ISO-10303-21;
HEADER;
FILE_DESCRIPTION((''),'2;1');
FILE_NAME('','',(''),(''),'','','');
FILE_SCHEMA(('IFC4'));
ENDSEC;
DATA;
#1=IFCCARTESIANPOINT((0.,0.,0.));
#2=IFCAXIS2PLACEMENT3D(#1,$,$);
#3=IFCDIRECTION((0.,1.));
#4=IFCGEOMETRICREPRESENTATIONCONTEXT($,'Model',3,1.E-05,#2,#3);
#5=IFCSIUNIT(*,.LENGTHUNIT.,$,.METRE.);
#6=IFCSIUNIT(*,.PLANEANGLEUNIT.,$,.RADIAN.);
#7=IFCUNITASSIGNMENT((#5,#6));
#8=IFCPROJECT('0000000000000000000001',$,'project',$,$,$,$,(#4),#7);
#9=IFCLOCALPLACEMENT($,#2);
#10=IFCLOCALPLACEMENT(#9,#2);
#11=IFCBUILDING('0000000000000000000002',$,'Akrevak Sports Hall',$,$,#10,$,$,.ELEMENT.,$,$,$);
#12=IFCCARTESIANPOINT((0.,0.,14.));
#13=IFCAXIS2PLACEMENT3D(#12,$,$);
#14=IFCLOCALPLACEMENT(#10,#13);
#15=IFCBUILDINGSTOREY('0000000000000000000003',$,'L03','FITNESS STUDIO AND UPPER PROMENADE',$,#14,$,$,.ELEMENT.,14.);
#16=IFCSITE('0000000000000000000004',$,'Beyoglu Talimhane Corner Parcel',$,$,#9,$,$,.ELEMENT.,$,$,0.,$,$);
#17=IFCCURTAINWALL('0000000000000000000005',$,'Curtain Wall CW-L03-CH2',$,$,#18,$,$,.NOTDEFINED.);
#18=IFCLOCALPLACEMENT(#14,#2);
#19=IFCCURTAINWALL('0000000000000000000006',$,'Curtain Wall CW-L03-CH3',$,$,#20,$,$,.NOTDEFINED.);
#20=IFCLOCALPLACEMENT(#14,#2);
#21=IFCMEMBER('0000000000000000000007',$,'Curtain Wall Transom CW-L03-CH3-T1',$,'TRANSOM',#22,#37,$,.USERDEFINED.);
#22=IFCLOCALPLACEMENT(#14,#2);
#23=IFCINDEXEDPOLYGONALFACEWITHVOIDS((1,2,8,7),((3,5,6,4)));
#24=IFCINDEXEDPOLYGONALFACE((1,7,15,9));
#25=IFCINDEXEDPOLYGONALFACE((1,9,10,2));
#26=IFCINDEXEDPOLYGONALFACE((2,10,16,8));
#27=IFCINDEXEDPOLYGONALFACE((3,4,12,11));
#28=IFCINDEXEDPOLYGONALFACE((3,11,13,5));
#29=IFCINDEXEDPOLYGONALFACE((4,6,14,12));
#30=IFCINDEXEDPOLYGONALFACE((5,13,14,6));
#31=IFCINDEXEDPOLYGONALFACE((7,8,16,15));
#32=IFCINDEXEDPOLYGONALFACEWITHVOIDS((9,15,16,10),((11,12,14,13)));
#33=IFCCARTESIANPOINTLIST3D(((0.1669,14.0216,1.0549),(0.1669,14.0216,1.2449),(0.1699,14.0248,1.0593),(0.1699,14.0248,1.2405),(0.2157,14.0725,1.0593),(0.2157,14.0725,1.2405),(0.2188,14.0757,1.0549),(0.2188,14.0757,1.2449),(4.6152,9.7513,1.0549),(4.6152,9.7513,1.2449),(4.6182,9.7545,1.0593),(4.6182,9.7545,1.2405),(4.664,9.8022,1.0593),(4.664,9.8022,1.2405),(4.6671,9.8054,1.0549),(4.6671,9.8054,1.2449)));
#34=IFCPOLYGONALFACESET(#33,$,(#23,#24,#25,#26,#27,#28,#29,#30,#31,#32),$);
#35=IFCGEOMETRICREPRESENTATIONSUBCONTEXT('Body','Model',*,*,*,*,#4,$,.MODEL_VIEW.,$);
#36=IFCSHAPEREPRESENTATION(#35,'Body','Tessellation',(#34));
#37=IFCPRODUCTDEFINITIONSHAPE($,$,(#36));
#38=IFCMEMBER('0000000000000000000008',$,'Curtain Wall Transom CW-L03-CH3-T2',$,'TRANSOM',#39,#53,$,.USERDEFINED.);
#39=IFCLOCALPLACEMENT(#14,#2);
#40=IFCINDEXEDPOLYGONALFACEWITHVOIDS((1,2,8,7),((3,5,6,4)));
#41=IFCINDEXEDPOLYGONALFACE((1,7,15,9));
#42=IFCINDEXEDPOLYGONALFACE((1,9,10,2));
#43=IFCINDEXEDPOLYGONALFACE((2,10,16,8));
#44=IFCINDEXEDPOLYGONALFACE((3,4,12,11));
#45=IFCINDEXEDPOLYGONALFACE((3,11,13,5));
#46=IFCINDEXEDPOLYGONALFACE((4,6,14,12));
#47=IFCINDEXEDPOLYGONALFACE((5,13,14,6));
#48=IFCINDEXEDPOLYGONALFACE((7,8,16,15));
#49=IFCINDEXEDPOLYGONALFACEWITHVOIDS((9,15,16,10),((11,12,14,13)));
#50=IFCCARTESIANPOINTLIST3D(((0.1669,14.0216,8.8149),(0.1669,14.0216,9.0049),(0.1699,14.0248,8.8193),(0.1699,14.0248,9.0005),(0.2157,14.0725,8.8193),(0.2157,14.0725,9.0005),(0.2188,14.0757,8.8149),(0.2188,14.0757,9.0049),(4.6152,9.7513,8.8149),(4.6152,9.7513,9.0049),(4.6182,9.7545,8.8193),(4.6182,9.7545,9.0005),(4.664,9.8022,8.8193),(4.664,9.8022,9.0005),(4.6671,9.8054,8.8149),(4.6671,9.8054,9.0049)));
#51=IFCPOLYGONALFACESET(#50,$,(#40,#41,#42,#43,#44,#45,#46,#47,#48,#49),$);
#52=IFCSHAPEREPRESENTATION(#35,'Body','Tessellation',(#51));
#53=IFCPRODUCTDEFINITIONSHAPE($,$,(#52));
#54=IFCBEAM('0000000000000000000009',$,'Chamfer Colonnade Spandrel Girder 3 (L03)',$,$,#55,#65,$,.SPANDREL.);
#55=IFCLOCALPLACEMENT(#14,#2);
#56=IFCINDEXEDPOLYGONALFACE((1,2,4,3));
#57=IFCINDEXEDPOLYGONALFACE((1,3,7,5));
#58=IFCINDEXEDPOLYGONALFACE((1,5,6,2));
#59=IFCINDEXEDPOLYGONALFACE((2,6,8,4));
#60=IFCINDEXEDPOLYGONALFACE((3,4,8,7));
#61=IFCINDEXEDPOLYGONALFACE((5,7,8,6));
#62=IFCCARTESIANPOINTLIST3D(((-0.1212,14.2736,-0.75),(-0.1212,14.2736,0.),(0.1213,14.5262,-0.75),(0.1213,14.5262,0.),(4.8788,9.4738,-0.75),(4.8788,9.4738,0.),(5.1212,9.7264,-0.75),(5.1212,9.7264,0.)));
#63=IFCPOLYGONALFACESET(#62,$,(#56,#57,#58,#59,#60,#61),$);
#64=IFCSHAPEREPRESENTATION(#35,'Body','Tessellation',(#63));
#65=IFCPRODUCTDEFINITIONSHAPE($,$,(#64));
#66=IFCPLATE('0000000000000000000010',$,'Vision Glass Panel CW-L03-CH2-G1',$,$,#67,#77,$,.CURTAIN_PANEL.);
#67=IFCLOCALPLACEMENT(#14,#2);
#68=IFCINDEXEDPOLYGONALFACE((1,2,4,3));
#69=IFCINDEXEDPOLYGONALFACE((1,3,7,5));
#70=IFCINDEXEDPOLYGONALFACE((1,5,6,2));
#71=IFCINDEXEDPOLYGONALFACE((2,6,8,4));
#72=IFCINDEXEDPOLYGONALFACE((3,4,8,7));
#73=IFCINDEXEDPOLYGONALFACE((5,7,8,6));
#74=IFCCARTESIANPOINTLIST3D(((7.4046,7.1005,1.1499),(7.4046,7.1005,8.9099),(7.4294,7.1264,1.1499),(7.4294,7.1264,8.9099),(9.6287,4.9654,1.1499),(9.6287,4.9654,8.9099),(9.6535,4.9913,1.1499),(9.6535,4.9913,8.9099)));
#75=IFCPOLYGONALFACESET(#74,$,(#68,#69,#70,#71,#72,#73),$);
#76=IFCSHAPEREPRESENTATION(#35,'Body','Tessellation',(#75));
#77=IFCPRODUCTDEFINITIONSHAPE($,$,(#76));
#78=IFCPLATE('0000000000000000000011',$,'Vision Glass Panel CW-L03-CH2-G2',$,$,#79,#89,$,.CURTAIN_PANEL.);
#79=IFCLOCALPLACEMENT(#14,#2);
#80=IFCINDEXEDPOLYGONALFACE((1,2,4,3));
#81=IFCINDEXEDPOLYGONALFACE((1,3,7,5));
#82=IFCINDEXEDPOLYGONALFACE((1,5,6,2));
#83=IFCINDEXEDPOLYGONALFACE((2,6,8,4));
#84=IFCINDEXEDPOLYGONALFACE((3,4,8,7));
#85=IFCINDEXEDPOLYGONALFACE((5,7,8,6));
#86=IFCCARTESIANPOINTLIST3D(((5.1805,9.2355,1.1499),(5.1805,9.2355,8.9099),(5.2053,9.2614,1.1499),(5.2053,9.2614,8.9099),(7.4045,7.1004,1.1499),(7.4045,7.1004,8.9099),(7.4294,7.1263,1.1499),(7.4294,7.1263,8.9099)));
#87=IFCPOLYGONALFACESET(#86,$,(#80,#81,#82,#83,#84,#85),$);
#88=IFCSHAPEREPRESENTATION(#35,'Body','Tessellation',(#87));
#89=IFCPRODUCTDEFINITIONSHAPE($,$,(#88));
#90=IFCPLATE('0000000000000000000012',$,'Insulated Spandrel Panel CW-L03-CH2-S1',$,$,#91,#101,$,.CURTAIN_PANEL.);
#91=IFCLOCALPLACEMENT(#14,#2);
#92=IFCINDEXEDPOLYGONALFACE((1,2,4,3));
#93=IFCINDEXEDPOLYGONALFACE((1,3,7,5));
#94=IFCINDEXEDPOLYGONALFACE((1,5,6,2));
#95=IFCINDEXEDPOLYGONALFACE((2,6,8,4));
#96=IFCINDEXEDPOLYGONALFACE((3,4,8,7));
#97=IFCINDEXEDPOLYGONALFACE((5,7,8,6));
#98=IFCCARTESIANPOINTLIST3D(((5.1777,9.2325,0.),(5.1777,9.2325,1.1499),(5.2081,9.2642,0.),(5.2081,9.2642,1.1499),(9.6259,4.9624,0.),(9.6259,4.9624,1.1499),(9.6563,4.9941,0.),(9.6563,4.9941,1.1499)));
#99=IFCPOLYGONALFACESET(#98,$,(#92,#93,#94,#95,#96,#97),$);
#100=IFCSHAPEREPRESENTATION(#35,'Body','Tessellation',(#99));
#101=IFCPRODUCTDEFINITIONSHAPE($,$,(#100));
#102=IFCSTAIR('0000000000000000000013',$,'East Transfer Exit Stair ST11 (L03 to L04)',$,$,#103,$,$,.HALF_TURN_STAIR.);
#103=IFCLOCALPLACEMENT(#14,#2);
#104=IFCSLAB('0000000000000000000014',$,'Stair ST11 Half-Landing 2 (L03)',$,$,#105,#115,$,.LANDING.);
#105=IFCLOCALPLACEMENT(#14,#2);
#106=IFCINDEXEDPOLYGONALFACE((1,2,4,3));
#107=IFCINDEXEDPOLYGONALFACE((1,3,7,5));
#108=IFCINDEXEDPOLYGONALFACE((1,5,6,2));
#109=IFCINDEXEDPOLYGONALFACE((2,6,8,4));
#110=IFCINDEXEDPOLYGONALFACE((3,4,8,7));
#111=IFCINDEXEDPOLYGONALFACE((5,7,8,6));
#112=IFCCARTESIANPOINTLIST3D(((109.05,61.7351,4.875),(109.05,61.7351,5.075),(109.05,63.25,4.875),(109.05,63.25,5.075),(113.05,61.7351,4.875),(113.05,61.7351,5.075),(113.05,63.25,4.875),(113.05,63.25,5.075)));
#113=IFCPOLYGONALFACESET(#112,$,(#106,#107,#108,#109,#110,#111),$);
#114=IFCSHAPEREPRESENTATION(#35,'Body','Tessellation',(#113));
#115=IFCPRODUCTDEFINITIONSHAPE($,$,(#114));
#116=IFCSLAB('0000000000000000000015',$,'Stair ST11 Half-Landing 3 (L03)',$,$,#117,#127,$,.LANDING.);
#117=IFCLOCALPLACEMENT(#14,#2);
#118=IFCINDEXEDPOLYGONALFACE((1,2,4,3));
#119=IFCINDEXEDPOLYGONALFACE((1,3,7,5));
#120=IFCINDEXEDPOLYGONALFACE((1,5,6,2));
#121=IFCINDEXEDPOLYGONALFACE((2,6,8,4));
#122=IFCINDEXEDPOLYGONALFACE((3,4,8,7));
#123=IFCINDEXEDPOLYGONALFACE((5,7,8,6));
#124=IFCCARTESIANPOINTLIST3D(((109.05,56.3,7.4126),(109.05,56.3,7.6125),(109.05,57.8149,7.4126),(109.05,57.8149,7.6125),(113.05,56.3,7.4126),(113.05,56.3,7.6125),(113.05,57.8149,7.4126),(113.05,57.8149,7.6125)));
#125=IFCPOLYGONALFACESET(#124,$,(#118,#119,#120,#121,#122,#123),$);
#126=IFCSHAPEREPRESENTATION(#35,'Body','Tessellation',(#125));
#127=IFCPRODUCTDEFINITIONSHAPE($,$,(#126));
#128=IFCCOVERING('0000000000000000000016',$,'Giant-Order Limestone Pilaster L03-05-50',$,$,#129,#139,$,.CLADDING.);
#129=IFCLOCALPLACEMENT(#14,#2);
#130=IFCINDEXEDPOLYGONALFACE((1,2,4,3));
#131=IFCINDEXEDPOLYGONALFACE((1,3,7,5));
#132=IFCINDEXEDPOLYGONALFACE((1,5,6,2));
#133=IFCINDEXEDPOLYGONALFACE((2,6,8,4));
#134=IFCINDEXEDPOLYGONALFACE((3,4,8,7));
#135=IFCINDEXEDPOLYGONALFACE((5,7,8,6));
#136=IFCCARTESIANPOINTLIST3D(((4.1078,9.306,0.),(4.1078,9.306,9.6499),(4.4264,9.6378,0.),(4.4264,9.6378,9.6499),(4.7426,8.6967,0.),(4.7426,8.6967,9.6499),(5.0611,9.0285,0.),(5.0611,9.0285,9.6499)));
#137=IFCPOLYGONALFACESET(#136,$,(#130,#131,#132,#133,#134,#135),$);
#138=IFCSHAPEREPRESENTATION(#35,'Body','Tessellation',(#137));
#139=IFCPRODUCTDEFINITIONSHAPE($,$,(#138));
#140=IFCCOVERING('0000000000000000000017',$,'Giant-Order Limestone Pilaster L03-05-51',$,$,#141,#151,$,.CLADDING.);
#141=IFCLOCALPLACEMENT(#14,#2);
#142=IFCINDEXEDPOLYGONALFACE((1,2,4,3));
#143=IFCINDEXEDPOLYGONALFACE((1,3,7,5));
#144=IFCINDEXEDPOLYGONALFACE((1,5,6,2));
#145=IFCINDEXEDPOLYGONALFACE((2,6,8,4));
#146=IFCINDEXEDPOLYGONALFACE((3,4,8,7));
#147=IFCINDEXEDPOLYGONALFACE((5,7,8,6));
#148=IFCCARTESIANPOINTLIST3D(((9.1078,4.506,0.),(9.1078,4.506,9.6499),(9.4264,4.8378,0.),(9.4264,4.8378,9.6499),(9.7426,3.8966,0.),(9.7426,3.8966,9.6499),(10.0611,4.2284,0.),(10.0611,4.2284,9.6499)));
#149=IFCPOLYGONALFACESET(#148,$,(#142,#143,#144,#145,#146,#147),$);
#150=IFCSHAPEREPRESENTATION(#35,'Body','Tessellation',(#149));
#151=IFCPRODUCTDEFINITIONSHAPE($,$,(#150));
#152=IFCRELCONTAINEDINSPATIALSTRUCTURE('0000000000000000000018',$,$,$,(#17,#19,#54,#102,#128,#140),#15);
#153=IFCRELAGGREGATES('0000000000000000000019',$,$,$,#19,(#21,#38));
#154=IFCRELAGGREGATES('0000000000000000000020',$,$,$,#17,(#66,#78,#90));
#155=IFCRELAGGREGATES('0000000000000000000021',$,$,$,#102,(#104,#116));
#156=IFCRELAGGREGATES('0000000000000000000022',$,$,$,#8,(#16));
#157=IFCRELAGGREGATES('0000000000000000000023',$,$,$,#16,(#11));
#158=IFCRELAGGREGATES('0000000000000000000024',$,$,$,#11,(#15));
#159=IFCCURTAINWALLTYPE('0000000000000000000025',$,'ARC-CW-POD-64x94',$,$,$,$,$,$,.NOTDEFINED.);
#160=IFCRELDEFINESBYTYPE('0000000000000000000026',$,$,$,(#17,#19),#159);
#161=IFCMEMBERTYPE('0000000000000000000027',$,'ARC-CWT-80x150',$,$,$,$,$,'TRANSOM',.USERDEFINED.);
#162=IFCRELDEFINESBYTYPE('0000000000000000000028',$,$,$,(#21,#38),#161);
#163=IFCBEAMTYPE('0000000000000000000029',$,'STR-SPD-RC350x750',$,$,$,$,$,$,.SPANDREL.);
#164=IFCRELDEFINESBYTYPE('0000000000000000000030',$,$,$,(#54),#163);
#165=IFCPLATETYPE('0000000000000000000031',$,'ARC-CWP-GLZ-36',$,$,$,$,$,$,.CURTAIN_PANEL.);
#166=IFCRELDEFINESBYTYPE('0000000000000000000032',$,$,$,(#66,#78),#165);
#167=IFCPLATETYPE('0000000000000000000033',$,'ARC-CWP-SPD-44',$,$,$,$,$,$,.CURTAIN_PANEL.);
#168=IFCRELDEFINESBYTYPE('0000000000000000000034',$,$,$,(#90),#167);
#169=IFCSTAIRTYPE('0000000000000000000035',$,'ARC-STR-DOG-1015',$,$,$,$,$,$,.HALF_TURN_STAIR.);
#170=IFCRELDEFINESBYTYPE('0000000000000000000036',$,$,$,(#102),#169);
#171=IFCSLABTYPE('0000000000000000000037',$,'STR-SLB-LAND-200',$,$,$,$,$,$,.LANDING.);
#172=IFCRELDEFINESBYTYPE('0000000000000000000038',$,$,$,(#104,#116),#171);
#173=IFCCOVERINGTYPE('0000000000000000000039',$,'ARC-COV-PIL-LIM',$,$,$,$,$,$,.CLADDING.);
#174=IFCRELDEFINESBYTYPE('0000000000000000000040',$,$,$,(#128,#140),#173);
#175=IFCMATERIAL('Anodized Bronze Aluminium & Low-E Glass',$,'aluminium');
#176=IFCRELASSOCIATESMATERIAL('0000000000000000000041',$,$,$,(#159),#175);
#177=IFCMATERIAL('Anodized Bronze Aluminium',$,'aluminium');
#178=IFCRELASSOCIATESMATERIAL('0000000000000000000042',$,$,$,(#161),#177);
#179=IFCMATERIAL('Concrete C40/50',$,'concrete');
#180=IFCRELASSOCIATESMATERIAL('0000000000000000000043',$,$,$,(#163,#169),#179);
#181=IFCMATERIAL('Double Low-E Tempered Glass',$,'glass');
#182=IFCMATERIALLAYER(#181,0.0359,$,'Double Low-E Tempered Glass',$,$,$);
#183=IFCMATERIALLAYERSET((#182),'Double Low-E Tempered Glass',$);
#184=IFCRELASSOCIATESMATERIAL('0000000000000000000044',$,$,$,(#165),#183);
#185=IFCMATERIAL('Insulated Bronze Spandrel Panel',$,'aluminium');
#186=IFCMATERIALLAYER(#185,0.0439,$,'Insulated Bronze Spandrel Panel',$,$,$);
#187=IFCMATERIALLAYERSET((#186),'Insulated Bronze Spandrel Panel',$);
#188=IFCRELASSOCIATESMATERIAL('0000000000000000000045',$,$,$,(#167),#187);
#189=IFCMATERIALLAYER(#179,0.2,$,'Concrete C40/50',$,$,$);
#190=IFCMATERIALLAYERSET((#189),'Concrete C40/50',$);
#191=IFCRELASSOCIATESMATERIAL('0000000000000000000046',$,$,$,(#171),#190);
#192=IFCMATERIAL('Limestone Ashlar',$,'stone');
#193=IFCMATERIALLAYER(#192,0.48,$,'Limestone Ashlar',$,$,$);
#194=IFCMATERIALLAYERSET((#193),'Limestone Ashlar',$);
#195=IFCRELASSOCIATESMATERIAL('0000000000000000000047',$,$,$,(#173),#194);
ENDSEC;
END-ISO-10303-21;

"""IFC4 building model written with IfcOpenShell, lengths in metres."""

from ifc_helpers import new_model, si_unit, direction, frame, origin, origin_2d, place, context, subcontext, project, spatial, polyline, rectangle, hollow_rectangle, outline, extrude, material, layer, layer_set, material_profile, profile_set, type_object, element, aggregate, save


model = new_model("IFC4")

# Units and contexts
model_context = context("Model", 3, precision=1e-05, world=origin(), true_north=direction((0.0, 1.0)))
body_context = subcontext(model_context, "Body", "Model", "MODEL_VIEW")
ifc_project = project(units=[si_unit("LENGTHUNIT", "METRE"), si_unit("PLANEANGLEUNIT", "RADIAN")], contexts=[model_context])

# Site, building, storey
site_placement = place(None, origin())
site = spatial("IfcSite", under=ifc_project, at=site_placement, Name="Beyoglu Talimhane Corner Parcel", CompositionType="ELEMENT", RefElevation=0.0)
building_placement = place(site_placement, origin())
building = spatial("IfcBuilding", under=site, at=building_placement, Name="Akrevak Sports Hall", CompositionType="ELEMENT")
storey_placement = place(building_placement, frame((0.0, 0.0, 14.0)))
storey = spatial("IfcBuildingStorey", under=building, at=storey_placement, Name="L03", Description="FITNESS STUDIO AND UPPER PROMENADE", CompositionType="ELEMENT", Elevation=14.0)

# Shared definitions
ifc_material_1 = material(Name="Concrete C40/50", Category="concrete")

# Curtain wall
ifc_material_2 = material(Name="Anodized Bronze Aluminium & Low-E Glass", Category="aluminium")
curtain_wall_type = type_object("IfcCurtainWallType", Name="ARC-CW-POD-64x94", PredefinedType="NOTDEFINED", material=ifc_material_2)
curtain_wall_1_placement = place(storey_placement, origin())
curtain_wall_1 = element("IfcCurtainWall", 1, at=curtain_wall_1_placement, inside=storey, type_object=curtain_wall_type, Name="Curtain Wall CW-L03-CH2", PredefinedType="NOTDEFINED")
ifc_material_3 = material(Name="Anodized Bronze Aluminium", Category="aluminium")

# Curtain wall
curtain_wall_2_placement = place(storey_placement, origin())
curtain_wall_2 = element("IfcCurtainWall", 2, at=curtain_wall_2_placement, inside=storey, type_object=curtain_wall_type, Name="Curtain Wall CW-L03-CH3", PredefinedType="NOTDEFINED")

# Members
ifc_material_profile_1 = material_profile(ifc_material_3, hollow_rectangle(XDim=0.075, YDim=0.1899, WallThickness=0.0044, at=origin_2d()), Name="CWT 75x190", Category="aluminium")
ifc_profile_set_1 = profile_set([ifc_material_profile_1], Name="Anodized Bronze Aluminium")
member_type_1 = type_object("IfcMemberType", Name="ARC-CWT-80x150", ElementType="TRANSOM", PredefinedType="USERDEFINED", material=ifc_profile_set_1)
member_1_placement = place(storey_placement, frame((4.6411, 9.7783, 1.1499), z_axis=(-0.721391, 0.692528, 0.0), x_axis=(-0.692528, -0.721391, 0.0)))
member_1 = element("IfcMember", 3, at=member_1_placement, type_object=member_type_1, Name="Curtain Wall Transom CW-L03-CH3-T1", ObjectType="TRANSOM", PredefinedType="USERDEFINED", context=body_context, shape_type="SweptSolid", body=[
    extrude(hollow_rectangle(XDim=0.075, YDim=0.1899, WallThickness=0.0044, at=origin_2d()), origin(), (0.0, 0.0, 1.0), 6.1663),
])
member_2_placement = place(storey_placement, frame((4.6411, 9.7783, 8.9099), z_axis=(-0.721391, 0.692528, 0.0), x_axis=(-0.692528, -0.721391, 0.0)))
member_2 = element("IfcMember", 4, at=member_2_placement, type_object=member_type_1, Name="Curtain Wall Transom CW-L03-CH3-T2", ObjectType="TRANSOM", PredefinedType="USERDEFINED", context=body_context, shape_type="SweptSolid", body=[
    extrude(hollow_rectangle(XDim=0.075, YDim=0.1899, WallThickness=0.0044, at=origin_2d()), origin(), (0.0, 0.0, 1.0), 6.1663),
])
aggregate(curtain_wall_2, [member_1, member_2])

# Beam
ifc_material_profile_2 = material_profile(ifc_material_1, rectangle(XDim=0.3501, YDim=0.75, at=origin_2d()), Name="SPD 350x750", Category="concrete")
ifc_profile_set_2 = profile_set([ifc_material_profile_2], Name="Concrete C40/50")
beam_type = type_object("IfcBeamType", Name="STR-SPD-RC350x750", PredefinedType="SPANDREL", material=ifc_profile_set_2)
beam_placement = place(storey_placement, frame((5.0, 9.6001, -0.375), z_axis=(-0.721401, 0.692517, 0.0), x_axis=(-0.692517, -0.721401, 0.0)))
element("IfcBeam", 5, at=beam_placement, inside=storey, type_object=beam_type, Name="Chamfer Colonnade Spandrel Girder 3 (L03)", PredefinedType="SPANDREL", context=body_context, shape_type="SweptSolid", body=[
    extrude(rectangle(XDim=0.3501, YDim=0.75, at=origin_2d()), origin(), (0.0, 0.0, 1.0), 6.9309),
])

# Plates
ifc_material_4 = material(Name="Double Low-E Tempered Glass", Category="glass")
ifc_layer_1 = layer(ifc_material_4, 0.0359, Name="Double Low-E Tempered Glass")
ifc_layer_set_1 = layer_set([ifc_layer_1], Name="Double Low-E Tempered Glass")
plate_type_1 = type_object("IfcPlateType", Name="ARC-CWP-GLZ-36", PredefinedType="CURTAIN_PANEL", material=ifc_layer_set_1)
plate_1_placement = place(storey_placement, frame((8.5291, 6.0459, 1.1499), z_axis=(0.0, 0.0, 1.0), x_axis=(-0.721398, 0.692521, 0.0)))
plate_1 = element("IfcPlate", 6, at=plate_1_placement, type_object=plate_type_1, Name="Vision Glass Panel CW-L03-CH2-G1", PredefinedType="CURTAIN_PANEL", context=body_context, shape_type="SweptSolid", body=[
    extrude(rectangle(XDim=3.083, YDim=0.0359, at=origin_2d()), origin(), (0.0, 0.0, 1.0), 7.76),
])
plate_2_placement = place(storey_placement, frame((6.3049, 8.1809, 1.1499), z_axis=(0.0, 0.0, 1.0), x_axis=(-0.721398, 0.692521, 0.0)))
plate_2 = element("IfcPlate", 7, at=plate_2_placement, type_object=plate_type_1, Name="Vision Glass Panel CW-L03-CH2-G2", PredefinedType="CURTAIN_PANEL", context=body_context, shape_type="SweptSolid", body=[
    extrude(rectangle(XDim=3.083, YDim=0.0359, at=origin_2d()), origin(), (0.0, 0.0, 1.0), 7.76),
])
ifc_material_5 = material(Name="Insulated Bronze Spandrel Panel", Category="aluminium")
ifc_layer_2 = layer(ifc_material_5, 0.0439, Name="Insulated Bronze Spandrel Panel")
ifc_layer_set_2 = layer_set([ifc_layer_2], Name="Insulated Bronze Spandrel Panel")
plate_type_2 = type_object("IfcPlateType", Name="ARC-CWP-SPD-44", PredefinedType="CURTAIN_PANEL", material=ifc_layer_set_2)
plate_3_placement = place(storey_placement, frame((7.417, 7.1133, 0.0), z_axis=(0.0, 0.0, 1.0), x_axis=(-0.721398, 0.692521, 0.0)))
plate_3 = element("IfcPlate", 8, at=plate_3_placement, type_object=plate_type_2, Name="Insulated Spandrel Panel CW-L03-CH2-S1", PredefinedType="CURTAIN_PANEL", context=body_context, shape_type="SweptSolid", body=[
    extrude(rectangle(XDim=6.166, YDim=0.0439, at=origin_2d()), origin(), (0.0, 0.0, 1.0), 1.1499),
])
aggregate(curtain_wall_1, [plate_1, plate_2, plate_3])

# Stair, slabs
stair_type = type_object("IfcStairType", Name="ARC-STR-DOG-1015", PredefinedType="HALF_TURN_STAIR", material=ifc_material_1)
stair_placement = place(storey_placement, origin())
stair = element("IfcStair", 9, at=stair_placement, inside=storey, type_object=stair_type, Name="East Transfer Exit Stair ST11 (L03 to L04)", PredefinedType="HALF_TURN_STAIR")
ifc_layer_3 = layer(ifc_material_1, 0.2, Name="Concrete C40/50")
ifc_layer_set_3 = layer_set([ifc_layer_3], Name="Concrete C40/50")
slab_type = type_object("IfcSlabType", Name="STR-SLB-LAND-200", PredefinedType="LANDING", material=ifc_layer_set_3)
slab_1_placement = place(storey_placement, frame((0.0, 0.0, 4.875)))
slab_1 = element("IfcSlab", 10, at=slab_1_placement, type_object=slab_type, Name="Stair ST11 Half-Landing 2 (L03)", PredefinedType="LANDING", context=body_context, shape_type="SweptSolid", body=[
    extrude(outline(polyline([(109.05, 61.7351), (113.05, 61.7351), (113.05, 63.25), (109.05, 63.25), (109.05, 61.7351)])), origin(), (0.0, 0.0, 1.0), 0.2),
])
slab_2_placement = place(storey_placement, frame((0.0, 0.0, 7.4126)))
slab_2 = element("IfcSlab", 11, at=slab_2_placement, type_object=slab_type, Name="Stair ST11 Half-Landing 3 (L03)", PredefinedType="LANDING", context=body_context, shape_type="SweptSolid", body=[
    extrude(outline(polyline([(109.05, 56.3), (113.05, 56.3), (113.05, 57.8149), (109.05, 57.8149), (109.05, 56.3)])), origin(), (0.0, 0.0, 1.0), 0.2),
])
aggregate(stair, [slab_1, slab_2])

# Coverings
ifc_material_6 = material(Name="Limestone Ashlar", Category="stone")
ifc_layer_4 = layer(ifc_material_6, 0.48, Name="Limestone Ashlar")
ifc_layer_set_4 = layer_set([ifc_layer_4], Name="Limestone Ashlar")
covering_type = type_object("IfcCoveringType", Name="ARC-COV-PIL-LIM", PredefinedType="CLADDING", material=ifc_layer_set_4)
for number, where, z_axis, x_axis, name in (
    (12, (4.5845, 9.1672, 0.0), (0.0, 0.0, 1.0), (0.721386, -0.692534, 0.0), "Giant-Order Limestone Pilaster L03-05-50"),
    (13, (9.5845, 4.3672, 0.0), (0.0, 0.0, 1.0), (0.721386, -0.692534, 0.0), "Giant-Order Limestone Pilaster L03-05-51"),
):
    element("IfcCovering", number, at=place(storey_placement, frame(where, z_axis=z_axis, x_axis=x_axis)), inside=storey, type_object=covering_type, Name=name, PredefinedType="CLADDING", context=body_context, shape_type="SweptSolid", body=[
        extrude(rectangle(XDim=0.8799, YDim=0.46, at=origin_2d()), origin(), (0.0, 0.0, 1.0), 9.6499),
    ])

save(model, "model.ifc")
